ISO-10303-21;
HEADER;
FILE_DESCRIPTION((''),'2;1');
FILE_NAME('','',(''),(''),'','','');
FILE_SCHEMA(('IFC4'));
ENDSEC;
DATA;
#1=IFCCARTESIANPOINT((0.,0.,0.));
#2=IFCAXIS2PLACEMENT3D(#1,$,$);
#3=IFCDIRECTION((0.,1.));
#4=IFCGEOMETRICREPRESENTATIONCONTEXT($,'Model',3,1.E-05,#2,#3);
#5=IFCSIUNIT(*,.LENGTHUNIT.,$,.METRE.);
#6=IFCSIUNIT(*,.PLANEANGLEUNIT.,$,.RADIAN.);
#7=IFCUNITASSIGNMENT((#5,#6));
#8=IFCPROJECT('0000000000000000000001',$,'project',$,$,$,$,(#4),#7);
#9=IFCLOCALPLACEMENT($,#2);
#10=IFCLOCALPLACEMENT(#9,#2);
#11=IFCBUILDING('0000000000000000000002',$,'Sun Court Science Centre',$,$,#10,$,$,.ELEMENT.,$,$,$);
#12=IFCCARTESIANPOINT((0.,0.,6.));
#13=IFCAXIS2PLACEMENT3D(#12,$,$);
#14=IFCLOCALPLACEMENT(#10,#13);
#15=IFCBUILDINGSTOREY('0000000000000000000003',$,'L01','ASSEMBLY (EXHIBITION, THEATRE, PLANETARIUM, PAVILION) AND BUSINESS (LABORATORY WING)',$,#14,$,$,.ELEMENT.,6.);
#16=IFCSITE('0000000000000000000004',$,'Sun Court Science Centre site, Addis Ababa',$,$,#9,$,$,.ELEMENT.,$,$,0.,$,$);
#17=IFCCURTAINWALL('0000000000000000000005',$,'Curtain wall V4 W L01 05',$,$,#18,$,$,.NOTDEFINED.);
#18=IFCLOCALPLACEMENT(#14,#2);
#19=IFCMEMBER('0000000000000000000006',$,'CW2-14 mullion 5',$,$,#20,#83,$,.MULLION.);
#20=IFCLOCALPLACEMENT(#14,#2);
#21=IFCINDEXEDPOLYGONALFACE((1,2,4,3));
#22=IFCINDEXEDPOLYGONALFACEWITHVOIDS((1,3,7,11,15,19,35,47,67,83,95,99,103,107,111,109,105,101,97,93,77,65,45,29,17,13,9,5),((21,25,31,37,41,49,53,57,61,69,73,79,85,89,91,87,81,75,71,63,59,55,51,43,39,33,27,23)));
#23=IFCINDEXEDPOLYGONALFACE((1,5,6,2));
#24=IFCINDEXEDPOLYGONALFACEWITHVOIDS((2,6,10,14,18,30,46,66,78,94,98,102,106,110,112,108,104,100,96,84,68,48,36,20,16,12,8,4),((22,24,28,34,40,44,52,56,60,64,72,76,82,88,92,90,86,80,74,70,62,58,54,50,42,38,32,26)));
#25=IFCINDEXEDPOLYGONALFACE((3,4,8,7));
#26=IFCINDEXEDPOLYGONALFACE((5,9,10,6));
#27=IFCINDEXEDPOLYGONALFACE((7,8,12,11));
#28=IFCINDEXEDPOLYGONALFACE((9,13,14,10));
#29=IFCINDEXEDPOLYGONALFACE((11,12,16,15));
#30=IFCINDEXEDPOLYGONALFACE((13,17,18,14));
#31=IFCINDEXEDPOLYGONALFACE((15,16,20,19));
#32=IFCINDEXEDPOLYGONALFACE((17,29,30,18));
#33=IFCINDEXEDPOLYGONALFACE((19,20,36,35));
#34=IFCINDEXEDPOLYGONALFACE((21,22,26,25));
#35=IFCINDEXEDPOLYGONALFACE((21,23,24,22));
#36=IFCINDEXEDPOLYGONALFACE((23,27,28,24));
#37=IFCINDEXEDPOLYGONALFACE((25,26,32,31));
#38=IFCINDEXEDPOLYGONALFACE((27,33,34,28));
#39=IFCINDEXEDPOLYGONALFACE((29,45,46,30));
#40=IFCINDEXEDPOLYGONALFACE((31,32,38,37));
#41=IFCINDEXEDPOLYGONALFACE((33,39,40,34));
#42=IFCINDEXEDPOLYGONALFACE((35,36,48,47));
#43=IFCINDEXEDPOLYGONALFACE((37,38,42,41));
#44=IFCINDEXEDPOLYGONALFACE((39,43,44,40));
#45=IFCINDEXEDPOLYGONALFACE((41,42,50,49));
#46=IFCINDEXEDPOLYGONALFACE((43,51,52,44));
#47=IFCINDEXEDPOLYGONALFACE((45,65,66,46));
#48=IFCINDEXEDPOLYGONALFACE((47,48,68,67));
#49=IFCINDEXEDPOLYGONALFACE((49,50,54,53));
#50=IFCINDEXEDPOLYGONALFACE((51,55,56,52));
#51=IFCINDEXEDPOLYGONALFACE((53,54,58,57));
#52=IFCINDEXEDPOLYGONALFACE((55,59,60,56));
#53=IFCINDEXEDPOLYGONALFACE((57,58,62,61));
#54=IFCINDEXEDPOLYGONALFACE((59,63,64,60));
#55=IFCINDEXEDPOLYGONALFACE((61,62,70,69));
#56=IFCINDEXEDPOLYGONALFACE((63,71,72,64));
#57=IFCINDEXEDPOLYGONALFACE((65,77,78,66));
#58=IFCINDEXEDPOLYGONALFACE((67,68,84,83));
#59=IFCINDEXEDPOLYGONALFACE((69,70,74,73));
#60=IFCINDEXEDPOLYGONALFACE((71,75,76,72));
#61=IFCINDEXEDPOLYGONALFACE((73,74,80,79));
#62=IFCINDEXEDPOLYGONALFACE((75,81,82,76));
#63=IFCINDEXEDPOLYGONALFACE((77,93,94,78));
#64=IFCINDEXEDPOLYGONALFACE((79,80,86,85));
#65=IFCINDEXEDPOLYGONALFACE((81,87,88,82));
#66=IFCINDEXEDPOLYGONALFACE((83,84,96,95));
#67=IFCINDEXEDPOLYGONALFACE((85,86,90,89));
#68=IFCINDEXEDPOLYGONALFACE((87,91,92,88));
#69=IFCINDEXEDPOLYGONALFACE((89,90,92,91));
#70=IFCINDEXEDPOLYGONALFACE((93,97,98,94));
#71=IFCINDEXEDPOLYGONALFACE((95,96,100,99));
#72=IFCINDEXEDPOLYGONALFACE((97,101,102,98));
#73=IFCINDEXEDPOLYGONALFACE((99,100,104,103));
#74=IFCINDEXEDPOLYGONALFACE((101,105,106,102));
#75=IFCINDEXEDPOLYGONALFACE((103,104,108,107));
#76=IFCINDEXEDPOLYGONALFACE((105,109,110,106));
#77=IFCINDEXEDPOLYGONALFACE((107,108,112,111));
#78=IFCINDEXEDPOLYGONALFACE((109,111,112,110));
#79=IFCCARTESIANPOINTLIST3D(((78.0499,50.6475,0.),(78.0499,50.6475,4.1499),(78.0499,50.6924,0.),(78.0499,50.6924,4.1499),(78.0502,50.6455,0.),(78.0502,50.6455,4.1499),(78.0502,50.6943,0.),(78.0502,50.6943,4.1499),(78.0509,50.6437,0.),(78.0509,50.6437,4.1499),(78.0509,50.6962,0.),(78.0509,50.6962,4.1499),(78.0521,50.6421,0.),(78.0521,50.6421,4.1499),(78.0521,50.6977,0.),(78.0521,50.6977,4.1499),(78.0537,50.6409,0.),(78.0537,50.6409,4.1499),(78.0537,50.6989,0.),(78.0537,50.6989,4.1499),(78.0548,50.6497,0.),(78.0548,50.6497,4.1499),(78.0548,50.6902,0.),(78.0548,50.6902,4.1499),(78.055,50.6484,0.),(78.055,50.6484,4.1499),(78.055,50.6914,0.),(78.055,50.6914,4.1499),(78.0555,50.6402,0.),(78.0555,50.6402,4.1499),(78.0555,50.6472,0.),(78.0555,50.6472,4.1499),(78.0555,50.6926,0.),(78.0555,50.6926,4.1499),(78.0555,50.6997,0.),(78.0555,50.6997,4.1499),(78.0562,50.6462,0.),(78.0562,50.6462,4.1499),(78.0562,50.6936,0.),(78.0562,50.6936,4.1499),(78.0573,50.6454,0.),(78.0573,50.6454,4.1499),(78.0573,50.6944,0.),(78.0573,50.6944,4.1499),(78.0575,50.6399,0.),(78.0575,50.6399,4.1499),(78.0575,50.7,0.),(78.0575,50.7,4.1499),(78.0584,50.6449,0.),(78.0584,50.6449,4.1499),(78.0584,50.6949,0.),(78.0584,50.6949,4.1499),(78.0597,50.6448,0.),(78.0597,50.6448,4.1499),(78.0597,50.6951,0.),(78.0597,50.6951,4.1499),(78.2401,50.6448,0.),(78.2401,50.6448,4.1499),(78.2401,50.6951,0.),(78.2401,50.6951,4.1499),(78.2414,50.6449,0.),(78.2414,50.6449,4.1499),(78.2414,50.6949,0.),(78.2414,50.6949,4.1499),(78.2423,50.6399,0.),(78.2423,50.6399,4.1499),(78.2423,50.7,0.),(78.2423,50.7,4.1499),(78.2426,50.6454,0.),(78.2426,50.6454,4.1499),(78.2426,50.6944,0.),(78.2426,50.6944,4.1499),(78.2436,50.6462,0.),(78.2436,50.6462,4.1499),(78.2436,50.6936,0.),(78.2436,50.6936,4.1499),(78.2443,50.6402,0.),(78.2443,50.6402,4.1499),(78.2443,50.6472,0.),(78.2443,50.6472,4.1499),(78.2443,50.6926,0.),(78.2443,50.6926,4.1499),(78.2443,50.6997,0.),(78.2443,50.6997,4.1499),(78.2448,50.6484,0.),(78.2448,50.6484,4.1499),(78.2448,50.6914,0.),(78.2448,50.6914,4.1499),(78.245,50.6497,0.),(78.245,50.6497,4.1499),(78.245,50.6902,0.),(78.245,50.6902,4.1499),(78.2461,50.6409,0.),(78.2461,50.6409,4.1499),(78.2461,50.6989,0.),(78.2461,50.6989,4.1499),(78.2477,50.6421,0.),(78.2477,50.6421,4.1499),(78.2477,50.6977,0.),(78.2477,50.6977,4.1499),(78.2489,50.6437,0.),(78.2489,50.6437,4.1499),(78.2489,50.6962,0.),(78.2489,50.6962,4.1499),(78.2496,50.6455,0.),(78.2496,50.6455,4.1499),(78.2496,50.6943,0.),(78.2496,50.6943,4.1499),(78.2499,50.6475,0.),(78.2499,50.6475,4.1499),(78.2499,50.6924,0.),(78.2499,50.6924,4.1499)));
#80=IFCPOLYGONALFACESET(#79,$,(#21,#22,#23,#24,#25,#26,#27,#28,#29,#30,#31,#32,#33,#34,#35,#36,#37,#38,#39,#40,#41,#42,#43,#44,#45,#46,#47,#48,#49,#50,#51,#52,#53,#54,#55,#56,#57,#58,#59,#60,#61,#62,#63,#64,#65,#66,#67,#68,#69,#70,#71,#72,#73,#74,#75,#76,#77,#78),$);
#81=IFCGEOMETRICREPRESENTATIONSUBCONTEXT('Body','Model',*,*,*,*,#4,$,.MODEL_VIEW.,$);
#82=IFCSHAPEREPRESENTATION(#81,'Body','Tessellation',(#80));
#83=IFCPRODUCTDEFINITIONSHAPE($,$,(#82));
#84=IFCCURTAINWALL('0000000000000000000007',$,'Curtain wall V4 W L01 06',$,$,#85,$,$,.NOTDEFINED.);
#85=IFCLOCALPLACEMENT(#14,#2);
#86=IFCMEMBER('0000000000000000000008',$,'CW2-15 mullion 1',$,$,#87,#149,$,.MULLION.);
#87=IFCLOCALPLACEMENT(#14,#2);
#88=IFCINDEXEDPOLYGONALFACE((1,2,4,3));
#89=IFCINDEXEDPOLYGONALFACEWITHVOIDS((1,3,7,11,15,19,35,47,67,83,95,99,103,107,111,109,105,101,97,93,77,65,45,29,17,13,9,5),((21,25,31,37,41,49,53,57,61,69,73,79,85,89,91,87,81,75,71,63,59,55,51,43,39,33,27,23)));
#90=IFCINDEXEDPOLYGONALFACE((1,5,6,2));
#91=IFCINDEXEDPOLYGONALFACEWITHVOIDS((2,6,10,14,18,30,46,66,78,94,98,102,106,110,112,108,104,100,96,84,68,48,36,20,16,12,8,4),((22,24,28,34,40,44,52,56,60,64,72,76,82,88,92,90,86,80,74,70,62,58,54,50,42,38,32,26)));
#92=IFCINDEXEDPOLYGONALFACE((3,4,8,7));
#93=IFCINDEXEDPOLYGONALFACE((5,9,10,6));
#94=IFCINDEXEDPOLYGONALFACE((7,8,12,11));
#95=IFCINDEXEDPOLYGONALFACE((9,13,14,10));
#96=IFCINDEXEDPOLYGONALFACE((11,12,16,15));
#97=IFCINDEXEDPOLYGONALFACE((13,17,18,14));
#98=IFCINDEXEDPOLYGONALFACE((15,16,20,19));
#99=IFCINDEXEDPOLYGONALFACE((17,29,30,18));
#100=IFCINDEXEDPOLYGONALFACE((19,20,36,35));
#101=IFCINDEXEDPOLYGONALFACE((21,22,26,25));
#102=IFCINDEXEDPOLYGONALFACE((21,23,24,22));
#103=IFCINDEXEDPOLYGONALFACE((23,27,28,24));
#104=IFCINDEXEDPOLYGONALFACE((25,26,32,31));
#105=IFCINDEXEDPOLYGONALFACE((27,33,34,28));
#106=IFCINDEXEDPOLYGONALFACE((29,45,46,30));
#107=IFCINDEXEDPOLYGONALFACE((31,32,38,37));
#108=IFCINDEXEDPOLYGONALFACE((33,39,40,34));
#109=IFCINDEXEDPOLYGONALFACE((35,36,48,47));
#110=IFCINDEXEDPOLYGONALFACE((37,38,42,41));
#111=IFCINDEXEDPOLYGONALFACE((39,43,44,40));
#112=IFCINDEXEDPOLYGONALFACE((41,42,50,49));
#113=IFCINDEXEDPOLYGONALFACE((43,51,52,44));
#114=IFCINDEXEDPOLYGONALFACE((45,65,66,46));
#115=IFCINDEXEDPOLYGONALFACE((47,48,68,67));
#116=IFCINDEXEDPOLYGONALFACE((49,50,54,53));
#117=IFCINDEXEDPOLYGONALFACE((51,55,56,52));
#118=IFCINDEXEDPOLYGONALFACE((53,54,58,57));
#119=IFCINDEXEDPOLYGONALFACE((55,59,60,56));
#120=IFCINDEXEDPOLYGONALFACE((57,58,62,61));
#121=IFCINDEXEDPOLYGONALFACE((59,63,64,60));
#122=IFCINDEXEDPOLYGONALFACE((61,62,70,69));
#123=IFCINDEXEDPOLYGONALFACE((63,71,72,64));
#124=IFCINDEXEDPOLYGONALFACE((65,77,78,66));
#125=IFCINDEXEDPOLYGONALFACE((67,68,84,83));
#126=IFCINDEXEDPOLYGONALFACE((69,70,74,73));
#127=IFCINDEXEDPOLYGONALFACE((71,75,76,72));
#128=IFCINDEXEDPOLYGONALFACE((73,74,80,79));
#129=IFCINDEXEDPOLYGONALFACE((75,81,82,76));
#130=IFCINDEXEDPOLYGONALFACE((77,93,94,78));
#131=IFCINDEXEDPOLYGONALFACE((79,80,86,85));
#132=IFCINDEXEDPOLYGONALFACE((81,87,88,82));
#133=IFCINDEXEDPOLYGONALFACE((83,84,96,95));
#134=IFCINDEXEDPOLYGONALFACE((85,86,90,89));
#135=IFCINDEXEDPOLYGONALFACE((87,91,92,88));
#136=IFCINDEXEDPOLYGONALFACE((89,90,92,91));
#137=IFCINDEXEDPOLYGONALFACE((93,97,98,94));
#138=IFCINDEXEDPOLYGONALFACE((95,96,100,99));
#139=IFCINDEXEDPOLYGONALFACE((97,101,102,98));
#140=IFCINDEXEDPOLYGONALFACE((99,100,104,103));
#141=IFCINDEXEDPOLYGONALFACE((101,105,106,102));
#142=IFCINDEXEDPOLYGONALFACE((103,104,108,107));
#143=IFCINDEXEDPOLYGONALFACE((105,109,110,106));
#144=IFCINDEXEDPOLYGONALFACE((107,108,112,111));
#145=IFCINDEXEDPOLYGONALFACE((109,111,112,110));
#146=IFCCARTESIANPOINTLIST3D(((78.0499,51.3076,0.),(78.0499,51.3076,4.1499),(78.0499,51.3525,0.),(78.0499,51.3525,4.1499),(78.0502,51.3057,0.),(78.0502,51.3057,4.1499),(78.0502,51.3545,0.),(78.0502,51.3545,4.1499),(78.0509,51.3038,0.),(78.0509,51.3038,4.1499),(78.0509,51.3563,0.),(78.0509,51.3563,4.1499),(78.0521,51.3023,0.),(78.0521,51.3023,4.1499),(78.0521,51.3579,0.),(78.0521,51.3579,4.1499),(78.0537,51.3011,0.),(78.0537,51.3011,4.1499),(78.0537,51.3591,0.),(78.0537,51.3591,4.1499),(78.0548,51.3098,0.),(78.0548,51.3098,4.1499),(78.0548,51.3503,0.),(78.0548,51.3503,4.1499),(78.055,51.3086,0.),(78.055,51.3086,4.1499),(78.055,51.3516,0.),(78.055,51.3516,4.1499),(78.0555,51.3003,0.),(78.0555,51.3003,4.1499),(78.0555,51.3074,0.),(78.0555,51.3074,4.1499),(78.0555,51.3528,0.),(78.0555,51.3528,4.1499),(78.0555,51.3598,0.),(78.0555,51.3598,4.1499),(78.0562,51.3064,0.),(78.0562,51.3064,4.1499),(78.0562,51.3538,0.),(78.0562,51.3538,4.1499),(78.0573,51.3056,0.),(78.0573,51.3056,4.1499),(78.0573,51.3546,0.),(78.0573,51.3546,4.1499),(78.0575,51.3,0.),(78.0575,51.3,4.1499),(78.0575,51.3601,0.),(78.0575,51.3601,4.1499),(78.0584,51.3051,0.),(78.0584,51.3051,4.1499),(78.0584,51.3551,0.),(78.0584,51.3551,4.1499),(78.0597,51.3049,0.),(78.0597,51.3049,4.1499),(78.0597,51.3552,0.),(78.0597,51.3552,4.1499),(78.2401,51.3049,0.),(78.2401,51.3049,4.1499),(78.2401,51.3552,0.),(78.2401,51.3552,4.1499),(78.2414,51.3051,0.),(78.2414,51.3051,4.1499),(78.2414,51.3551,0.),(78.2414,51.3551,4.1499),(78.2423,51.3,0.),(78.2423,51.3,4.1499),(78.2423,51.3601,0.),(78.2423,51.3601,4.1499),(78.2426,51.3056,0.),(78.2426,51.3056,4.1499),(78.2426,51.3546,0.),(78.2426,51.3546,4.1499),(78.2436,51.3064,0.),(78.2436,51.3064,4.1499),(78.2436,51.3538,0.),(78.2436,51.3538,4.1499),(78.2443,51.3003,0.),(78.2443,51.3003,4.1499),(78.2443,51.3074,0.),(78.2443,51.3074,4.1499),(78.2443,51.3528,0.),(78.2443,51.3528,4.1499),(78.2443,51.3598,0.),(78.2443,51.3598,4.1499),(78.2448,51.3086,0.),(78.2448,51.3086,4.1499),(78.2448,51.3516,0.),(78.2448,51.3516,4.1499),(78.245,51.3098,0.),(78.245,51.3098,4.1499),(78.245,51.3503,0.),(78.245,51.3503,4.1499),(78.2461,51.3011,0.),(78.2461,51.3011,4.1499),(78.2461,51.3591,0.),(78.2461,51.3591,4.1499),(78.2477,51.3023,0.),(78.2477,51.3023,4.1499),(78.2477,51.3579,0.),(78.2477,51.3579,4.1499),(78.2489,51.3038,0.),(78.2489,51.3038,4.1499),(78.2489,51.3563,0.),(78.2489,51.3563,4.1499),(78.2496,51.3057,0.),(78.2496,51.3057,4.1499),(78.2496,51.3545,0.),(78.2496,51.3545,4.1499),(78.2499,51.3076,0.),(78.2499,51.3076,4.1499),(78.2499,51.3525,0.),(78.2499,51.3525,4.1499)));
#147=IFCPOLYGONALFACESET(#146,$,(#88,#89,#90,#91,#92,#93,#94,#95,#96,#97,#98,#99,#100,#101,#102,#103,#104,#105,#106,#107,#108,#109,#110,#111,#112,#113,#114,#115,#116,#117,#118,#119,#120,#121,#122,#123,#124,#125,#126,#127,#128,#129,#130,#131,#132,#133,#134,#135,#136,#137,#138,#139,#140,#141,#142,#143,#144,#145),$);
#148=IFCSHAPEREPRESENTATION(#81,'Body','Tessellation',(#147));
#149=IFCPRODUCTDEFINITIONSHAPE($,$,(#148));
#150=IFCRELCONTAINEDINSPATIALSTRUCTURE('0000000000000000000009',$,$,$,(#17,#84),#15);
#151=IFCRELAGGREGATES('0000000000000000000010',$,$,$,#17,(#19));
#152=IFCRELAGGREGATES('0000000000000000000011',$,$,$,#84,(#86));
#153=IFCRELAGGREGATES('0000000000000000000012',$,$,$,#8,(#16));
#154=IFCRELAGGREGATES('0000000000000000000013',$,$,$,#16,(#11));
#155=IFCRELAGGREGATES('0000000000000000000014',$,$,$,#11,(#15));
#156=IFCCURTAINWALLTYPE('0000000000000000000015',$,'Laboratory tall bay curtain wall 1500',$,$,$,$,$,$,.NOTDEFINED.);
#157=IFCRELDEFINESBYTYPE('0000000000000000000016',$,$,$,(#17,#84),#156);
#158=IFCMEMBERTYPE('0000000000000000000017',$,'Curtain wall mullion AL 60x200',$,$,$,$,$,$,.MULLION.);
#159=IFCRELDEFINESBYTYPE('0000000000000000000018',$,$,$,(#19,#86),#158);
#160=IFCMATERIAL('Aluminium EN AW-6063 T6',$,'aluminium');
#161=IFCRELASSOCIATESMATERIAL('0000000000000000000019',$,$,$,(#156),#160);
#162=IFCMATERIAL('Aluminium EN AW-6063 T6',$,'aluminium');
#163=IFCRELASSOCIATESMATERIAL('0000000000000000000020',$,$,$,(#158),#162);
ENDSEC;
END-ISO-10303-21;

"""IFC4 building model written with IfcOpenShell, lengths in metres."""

from ifc_helpers import new_model, si_unit, direction, frame, origin, origin_2d, place, context, subcontext, project, spatial, hollow_rectangle, extrude, material, material_profile, profile_set, type_object, element, aggregate, save


model = new_model("IFC4")

# Units and contexts
model_context = context("Model", 3, precision=1e-05, world=origin(), true_north=direction((0.0, 1.0)))
body_context = subcontext(model_context, "Body", "Model", "MODEL_VIEW")
ifc_project = project(units=[si_unit("LENGTHUNIT", "METRE"), si_unit("PLANEANGLEUNIT", "RADIAN")], contexts=[model_context])

# Site, building, storey
site_placement = place(None, origin())
site = spatial("IfcSite", under=ifc_project, at=site_placement, Name="Sun Court Science Centre site, Addis Ababa", CompositionType="ELEMENT", RefElevation=0.0)
building_placement = place(site_placement, origin())
building = spatial("IfcBuilding", under=site, at=building_placement, Name="Sun Court Science Centre", CompositionType="ELEMENT")
storey_placement = place(building_placement, frame((0.0, 0.0, 6.0)))
storey = spatial("IfcBuildingStorey", under=building, at=storey_placement, Name="L01", Description="ASSEMBLY (EXHIBITION, THEATRE, PLANETARIUM, PAVILION) AND BUSINESS (LABORATORY WING)", CompositionType="ELEMENT", Elevation=6.0)

# Curtain wall, member
ifc_material_1 = material(Name="Aluminium EN AW-6063 T6", Category="aluminium")
curtain_wall_type = type_object("IfcCurtainWallType", Name="Laboratory tall bay curtain wall 1500", PredefinedType="NOTDEFINED", material=ifc_material_1)
curtain_wall_1_placement = place(storey_placement, origin())
curtain_wall_1 = element("IfcCurtainWall", 1, at=curtain_wall_1_placement, inside=storey, type_object=curtain_wall_type, Name="Curtain wall V4 W L01 05", PredefinedType="NOTDEFINED")
ifc_material_2 = material(Name="Aluminium EN AW-6063 T6", Category="aluminium")
ifc_material_profile_1 = material_profile(ifc_material_2, hollow_rectangle(XDim=0.0601, YDim=0.2, WallThickness=0.0049, InnerFilletRadius=0.0049, OuterFilletRadius=0.0076, at=origin_2d()), Name="AL 60x200x5")
ifc_profile_set_1 = profile_set([ifc_material_profile_1], Name="Aluminium EN AW-6063 T6")
member_type_1 = type_object("IfcMemberType", Name="Curtain wall mullion AL 60x200", PredefinedType="MULLION", material=ifc_profile_set_1)
member_1_placement = place(storey_placement, frame((78.1499, 50.6699, 0.0), z_axis=(0.0, 0.0, 1.0), x_axis=(0.0, 1.0, 0.0)))
member_1 = element("IfcMember", 2, at=member_1_placement, type_object=member_type_1, Name="CW2-14 mullion 5", PredefinedType="MULLION", context=body_context, shape_type="SweptSolid", body=[
    extrude(hollow_rectangle(XDim=0.0601, YDim=0.2, WallThickness=0.0049, InnerFilletRadius=0.0049, OuterFilletRadius=0.0076, at=origin_2d()), origin(), (0.0, 0.0, 1.0), 4.1499),
])

# Curtain wall, member
curtain_wall_2_placement = place(storey_placement, origin())
curtain_wall_2 = element("IfcCurtainWall", 3, at=curtain_wall_2_placement, inside=storey, type_object=curtain_wall_type, Name="Curtain wall V4 W L01 06", PredefinedType="NOTDEFINED")
member_2_placement = place(storey_placement, frame((78.1499, 51.3301, 0.0), z_axis=(0.0, 0.0, 1.0), x_axis=(0.0, 1.0, 0.0)))
member_2 = element("IfcMember", 4, at=member_2_placement, type_object=member_type_1, Name="CW2-15 mullion 1", PredefinedType="MULLION", context=body_context, shape_type="SweptSolid", body=[
    extrude(hollow_rectangle(XDim=0.0601, YDim=0.2, WallThickness=0.0049, InnerFilletRadius=0.0049, OuterFilletRadius=0.0076, at=origin_2d()), origin(), (0.0, 0.0, 1.0), 4.1499),
])

aggregate(curtain_wall_1, [member_1])
aggregate(curtain_wall_2, [member_2])

save(model, "model.ifc")
